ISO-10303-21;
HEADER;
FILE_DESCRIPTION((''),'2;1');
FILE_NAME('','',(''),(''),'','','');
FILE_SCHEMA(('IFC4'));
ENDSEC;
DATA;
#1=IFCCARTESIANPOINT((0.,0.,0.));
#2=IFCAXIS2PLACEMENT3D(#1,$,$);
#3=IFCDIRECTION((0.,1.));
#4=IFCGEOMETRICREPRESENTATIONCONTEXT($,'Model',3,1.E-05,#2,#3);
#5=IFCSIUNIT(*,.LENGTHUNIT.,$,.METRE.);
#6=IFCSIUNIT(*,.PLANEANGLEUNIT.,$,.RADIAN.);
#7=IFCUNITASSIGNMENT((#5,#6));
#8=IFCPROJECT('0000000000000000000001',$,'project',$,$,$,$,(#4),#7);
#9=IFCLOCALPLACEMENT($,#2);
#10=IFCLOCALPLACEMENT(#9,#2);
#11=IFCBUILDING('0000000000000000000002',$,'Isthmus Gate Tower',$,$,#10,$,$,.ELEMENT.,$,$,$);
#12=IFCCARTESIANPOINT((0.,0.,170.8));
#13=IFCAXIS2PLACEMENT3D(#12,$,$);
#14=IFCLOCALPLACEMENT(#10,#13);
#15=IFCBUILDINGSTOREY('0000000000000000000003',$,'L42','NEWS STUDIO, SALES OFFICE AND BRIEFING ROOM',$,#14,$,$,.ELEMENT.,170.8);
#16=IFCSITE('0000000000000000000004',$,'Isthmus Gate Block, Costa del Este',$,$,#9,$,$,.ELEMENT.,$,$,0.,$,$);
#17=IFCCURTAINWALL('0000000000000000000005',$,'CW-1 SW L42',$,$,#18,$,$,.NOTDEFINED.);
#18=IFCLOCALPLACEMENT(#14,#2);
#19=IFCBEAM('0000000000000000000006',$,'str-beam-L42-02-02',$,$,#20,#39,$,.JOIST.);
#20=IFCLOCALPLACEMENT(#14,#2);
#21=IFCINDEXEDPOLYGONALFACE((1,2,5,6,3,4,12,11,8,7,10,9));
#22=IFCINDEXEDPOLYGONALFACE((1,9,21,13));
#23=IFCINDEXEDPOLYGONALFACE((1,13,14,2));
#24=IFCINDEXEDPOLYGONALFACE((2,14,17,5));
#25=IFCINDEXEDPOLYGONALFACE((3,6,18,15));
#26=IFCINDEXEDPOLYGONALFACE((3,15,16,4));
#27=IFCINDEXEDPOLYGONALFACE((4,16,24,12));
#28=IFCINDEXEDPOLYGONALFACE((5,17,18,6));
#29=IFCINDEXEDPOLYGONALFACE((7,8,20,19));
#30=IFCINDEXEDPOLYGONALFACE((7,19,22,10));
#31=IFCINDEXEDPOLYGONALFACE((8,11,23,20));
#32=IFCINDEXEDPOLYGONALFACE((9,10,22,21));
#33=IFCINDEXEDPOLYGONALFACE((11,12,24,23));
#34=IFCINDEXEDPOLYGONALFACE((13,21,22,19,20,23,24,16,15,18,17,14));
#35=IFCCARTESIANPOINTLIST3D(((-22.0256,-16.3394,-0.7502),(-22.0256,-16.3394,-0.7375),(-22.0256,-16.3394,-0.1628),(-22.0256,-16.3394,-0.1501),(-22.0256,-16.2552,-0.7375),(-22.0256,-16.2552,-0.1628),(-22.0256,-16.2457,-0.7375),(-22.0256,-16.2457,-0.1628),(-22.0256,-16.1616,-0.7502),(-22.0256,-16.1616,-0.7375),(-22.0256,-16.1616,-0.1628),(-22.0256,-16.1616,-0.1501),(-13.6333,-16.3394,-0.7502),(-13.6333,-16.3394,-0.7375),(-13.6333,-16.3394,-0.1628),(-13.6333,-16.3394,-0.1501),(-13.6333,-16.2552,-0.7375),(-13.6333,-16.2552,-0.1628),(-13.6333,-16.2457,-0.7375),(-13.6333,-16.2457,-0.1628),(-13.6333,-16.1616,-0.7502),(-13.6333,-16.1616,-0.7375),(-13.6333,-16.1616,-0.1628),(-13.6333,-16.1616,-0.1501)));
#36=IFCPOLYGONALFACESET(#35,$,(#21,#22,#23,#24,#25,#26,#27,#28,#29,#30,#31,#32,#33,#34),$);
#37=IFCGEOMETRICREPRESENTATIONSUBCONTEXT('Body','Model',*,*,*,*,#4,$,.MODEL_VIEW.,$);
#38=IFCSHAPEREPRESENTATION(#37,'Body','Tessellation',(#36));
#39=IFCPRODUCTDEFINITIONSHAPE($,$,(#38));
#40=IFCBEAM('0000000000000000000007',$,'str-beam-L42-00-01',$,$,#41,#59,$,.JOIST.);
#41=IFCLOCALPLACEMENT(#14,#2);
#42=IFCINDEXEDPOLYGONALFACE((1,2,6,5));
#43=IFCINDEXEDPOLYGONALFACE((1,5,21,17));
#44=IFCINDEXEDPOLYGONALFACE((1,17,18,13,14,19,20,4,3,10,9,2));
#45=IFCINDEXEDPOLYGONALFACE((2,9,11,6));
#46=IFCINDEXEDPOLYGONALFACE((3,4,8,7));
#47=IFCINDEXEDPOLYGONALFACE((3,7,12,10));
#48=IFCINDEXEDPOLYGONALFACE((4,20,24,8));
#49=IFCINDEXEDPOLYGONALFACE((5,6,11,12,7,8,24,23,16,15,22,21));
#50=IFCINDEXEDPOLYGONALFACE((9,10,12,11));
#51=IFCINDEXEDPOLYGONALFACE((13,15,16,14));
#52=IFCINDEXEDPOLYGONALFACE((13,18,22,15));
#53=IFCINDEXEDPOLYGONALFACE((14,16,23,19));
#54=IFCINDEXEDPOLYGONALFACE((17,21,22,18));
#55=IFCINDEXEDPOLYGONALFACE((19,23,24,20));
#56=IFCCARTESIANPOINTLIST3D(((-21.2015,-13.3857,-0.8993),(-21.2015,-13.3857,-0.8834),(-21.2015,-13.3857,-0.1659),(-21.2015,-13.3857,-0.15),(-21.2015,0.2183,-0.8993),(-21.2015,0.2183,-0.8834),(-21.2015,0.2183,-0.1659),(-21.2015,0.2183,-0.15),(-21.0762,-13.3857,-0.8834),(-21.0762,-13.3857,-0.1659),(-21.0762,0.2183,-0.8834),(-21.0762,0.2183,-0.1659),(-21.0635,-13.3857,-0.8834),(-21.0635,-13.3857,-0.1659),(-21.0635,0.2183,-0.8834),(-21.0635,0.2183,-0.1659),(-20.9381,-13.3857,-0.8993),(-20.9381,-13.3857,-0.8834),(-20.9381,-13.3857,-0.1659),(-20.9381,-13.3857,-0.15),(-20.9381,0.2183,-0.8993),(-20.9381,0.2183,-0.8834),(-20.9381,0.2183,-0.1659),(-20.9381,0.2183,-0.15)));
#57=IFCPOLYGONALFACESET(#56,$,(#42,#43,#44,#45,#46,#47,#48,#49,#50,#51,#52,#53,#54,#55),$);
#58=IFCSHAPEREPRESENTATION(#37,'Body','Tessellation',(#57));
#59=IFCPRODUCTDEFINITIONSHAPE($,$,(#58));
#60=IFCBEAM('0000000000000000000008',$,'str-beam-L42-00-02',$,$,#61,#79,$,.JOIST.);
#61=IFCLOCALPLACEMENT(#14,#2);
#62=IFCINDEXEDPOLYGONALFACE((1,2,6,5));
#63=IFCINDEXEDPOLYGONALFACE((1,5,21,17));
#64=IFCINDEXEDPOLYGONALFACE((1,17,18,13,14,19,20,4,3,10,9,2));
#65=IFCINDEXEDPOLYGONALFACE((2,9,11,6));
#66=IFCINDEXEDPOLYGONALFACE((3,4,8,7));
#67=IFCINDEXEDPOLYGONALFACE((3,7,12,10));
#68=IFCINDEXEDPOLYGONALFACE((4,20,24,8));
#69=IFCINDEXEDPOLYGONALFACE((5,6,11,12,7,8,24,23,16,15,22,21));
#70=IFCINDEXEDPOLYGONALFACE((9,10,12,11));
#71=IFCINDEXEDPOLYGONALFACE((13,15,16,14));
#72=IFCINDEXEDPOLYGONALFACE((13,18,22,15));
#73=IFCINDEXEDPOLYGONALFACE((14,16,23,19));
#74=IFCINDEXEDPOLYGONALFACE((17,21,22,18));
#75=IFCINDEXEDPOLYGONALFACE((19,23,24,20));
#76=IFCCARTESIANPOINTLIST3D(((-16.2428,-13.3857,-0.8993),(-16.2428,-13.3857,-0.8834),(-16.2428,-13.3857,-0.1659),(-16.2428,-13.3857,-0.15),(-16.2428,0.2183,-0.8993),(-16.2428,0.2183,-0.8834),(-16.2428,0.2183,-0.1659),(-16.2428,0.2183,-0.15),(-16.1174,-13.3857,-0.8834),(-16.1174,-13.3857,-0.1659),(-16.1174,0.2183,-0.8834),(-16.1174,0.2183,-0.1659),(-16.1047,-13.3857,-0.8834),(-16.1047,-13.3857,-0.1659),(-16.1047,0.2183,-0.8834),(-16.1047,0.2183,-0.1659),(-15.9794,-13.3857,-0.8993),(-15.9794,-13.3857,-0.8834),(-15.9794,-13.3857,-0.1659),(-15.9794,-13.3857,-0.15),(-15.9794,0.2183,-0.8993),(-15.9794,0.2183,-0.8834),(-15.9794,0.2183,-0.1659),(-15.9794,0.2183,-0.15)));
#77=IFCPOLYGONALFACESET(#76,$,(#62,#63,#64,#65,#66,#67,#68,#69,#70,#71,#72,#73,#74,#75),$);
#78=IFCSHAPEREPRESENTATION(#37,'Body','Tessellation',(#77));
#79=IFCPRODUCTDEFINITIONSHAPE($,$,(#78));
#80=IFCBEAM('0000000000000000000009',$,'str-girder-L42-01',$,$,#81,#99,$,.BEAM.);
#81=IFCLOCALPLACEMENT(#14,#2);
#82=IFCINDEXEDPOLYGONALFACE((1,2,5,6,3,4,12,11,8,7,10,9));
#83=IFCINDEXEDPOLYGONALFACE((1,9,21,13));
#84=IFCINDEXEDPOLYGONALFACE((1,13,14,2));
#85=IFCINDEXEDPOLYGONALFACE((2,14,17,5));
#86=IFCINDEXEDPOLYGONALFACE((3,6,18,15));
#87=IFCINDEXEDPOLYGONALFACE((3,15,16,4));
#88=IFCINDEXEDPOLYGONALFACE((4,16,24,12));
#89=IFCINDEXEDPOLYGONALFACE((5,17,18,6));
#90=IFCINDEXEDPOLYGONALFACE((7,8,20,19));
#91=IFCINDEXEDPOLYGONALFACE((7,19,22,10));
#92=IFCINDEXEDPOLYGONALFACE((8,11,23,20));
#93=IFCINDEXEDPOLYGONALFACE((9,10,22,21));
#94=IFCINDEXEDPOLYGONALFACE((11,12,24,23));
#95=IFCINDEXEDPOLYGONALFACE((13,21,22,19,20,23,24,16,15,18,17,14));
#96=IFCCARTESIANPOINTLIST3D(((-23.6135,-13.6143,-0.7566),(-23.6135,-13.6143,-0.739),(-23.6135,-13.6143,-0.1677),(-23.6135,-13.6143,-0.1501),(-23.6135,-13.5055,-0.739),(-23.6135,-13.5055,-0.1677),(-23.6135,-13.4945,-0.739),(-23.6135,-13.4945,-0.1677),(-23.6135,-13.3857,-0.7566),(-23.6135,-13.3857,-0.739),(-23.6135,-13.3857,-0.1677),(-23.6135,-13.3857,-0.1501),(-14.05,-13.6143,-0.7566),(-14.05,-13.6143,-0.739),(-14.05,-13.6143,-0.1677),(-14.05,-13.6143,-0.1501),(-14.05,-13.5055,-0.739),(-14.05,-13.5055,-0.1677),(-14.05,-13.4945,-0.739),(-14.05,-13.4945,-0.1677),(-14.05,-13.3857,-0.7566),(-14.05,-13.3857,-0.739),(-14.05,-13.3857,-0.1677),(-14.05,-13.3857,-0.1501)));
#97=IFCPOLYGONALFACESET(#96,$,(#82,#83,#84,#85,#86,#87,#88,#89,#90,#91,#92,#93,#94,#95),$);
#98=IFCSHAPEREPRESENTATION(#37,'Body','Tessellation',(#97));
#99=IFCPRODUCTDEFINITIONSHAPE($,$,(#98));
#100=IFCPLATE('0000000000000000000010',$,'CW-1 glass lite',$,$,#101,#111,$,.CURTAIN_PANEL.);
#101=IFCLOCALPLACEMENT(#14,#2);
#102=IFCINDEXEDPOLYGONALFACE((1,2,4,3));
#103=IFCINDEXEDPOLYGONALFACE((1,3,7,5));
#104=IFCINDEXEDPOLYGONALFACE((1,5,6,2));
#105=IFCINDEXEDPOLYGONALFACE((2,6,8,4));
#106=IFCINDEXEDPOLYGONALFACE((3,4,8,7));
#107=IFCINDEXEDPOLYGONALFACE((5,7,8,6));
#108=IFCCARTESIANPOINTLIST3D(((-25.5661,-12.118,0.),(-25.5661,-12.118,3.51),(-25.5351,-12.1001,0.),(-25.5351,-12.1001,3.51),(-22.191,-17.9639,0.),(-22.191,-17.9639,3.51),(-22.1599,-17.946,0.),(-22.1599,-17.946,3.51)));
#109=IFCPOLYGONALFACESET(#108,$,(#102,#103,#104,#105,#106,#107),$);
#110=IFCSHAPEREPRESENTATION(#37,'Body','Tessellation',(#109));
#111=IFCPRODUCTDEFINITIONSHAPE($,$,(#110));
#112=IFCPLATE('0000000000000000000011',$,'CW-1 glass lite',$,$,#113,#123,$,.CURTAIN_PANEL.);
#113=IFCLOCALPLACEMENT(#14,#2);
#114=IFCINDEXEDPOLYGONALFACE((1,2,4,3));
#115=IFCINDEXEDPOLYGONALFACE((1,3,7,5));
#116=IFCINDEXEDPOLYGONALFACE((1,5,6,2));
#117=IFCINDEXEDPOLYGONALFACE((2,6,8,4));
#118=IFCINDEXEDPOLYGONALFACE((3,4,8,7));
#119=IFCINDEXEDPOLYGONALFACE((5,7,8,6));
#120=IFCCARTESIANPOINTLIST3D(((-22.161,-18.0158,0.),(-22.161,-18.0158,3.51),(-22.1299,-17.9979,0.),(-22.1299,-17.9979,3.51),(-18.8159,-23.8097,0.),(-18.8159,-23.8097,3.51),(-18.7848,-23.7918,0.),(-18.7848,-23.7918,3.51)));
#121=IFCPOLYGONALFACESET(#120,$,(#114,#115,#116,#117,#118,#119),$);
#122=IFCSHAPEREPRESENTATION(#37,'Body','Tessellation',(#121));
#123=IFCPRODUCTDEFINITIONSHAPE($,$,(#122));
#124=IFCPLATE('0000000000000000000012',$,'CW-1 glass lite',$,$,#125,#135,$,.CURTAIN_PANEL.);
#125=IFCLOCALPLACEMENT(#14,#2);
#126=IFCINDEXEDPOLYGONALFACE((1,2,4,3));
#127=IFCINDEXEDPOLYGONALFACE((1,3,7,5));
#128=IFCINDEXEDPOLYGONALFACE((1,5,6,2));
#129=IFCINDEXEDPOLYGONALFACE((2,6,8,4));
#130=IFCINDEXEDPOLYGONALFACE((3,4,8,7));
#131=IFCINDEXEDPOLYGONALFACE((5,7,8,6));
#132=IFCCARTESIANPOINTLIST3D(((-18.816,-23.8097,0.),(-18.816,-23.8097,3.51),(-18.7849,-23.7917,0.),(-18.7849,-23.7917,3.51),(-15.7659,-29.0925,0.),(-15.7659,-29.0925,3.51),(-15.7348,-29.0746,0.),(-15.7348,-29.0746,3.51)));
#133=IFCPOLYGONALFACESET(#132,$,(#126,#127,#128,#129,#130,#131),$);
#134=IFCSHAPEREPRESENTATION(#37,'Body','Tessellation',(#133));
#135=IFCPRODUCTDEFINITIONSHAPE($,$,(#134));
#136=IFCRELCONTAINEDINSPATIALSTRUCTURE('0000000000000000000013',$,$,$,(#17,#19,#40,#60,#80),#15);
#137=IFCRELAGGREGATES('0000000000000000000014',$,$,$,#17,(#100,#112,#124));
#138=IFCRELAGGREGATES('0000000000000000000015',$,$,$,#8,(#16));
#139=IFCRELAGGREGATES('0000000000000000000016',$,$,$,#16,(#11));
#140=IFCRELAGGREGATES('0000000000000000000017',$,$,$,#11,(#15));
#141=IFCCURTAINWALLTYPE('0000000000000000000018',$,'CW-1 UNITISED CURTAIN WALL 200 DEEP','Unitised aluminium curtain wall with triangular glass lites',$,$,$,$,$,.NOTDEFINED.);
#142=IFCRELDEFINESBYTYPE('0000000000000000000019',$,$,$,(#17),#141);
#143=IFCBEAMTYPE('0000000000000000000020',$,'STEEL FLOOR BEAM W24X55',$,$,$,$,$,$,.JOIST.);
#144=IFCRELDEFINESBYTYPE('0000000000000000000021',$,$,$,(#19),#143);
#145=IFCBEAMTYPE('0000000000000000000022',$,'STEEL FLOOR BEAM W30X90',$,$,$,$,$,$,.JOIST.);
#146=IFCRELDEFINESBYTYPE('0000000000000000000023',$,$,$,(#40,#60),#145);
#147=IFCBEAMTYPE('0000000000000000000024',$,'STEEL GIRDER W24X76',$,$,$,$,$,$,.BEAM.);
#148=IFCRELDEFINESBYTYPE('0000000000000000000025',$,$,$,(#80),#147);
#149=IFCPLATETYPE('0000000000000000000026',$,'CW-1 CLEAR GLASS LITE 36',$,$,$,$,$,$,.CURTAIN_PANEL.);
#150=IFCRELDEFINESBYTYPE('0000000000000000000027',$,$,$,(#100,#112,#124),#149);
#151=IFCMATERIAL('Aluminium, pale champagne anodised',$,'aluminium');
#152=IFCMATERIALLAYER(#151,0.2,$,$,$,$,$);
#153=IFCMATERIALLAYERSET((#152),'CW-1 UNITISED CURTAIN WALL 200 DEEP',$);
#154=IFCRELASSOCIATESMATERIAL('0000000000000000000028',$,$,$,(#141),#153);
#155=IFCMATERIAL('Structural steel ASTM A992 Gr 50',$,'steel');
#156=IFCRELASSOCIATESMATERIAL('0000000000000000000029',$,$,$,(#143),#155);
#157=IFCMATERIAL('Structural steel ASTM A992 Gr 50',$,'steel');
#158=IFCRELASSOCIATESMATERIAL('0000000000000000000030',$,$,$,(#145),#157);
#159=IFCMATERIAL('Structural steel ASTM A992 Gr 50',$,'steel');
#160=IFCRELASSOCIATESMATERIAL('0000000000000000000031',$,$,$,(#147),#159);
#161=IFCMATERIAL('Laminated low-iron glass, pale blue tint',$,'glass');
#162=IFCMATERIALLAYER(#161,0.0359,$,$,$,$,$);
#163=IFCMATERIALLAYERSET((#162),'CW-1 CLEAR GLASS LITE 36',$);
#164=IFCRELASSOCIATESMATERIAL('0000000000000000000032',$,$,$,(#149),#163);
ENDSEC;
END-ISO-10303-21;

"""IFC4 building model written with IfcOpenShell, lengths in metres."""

from ifc_helpers import new_model, si_unit, direction, frame, origin, origin_2d, place, context, subcontext, project, spatial, rectangle, i_section, extrude, material, layer, layer_set, material_profile, profile_set, type_object, element, aggregate, save


model = new_model("IFC4")

# Units and contexts
model_context = context("Model", 3, precision=1e-05, world=origin(), true_north=direction((0.0, 1.0)))
body_context = subcontext(model_context, "Body", "Model", "MODEL_VIEW")
ifc_project = project(units=[si_unit("LENGTHUNIT", "METRE"), si_unit("PLANEANGLEUNIT", "RADIAN")], contexts=[model_context])

# Site, building, storey
site_placement = place(None, origin())
site = spatial("IfcSite", under=ifc_project, at=site_placement, Name="Isthmus Gate Block, Costa del Este", CompositionType="ELEMENT", RefElevation=0.0)
building_placement = place(site_placement, origin())
building = spatial("IfcBuilding", under=site, at=building_placement, Name="Isthmus Gate Tower", CompositionType="ELEMENT")
storey_placement = place(building_placement, frame((0.0, 0.0, 170.8)))
storey = spatial("IfcBuildingStorey", under=building, at=storey_placement, Name="L42", Description="NEWS STUDIO, SALES OFFICE AND BRIEFING ROOM", CompositionType="ELEMENT", Elevation=170.8)

# Curtain wall
ifc_material_1 = material(Name="Aluminium, pale champagne anodised", Category="aluminium")
ifc_layer_1 = layer(ifc_material_1, 0.2)
ifc_layer_set_1 = layer_set([ifc_layer_1], Name="CW-1 UNITISED CURTAIN WALL 200 DEEP")
curtain_wall_type = type_object("IfcCurtainWallType", Name="CW-1 UNITISED CURTAIN WALL 200 DEEP", Description="Unitised aluminium curtain wall with triangular glass lites", PredefinedType="NOTDEFINED", material=ifc_layer_set_1)
curtain_wall_1_placement = place(storey_placement, origin())
curtain_wall_1 = element("IfcCurtainWall", 1, at=curtain_wall_1_placement, inside=storey, type_object=curtain_wall_type, Name="CW-1 SW L42", PredefinedType="NOTDEFINED")

# Beams
ifc_material_2 = material(Name="Structural steel ASTM A992 Gr 50", Category="steel")
ifc_material_profile_1 = material_profile(ifc_material_2, i_section(OverallWidth=0.1777, OverallDepth=0.6001, WebThickness=0.0095, FlangeThickness=0.0127, at=origin_2d()), Name="W24X55")
ifc_profile_set_1 = profile_set([ifc_material_profile_1], Name="Structural steel ASTM A992 Gr 50")
beam_type_1 = type_object("IfcBeamType", Name="STEEL FLOOR BEAM W24X55", PredefinedType="JOIST", material=ifc_profile_set_1)
beam_1_placement = place(storey_placement, frame((-22.0256, -16.2505, -0.4502), z_axis=(1.0, 0.0, 0.0), x_axis=(0.0, 1.0, 0.0)))
element("IfcBeam", 2, at=beam_1_placement, inside=storey, type_object=beam_type_1, Name="str-beam-L42-02-02", PredefinedType="JOIST", context=body_context, shape_type="SweptSolid", body=[
    extrude(i_section(OverallWidth=0.1777, OverallDepth=0.6001, WebThickness=0.0095, FlangeThickness=0.0127, at=origin_2d()), origin(), (0.0, 0.0, 1.0), 8.3923),
])
ifc_material_3 = material(Name="Structural steel ASTM A992 Gr 50", Category="steel")
ifc_material_profile_2 = material_profile(ifc_material_3, i_section(OverallWidth=0.2634, OverallDepth=0.7493, WebThickness=0.0127, FlangeThickness=0.0159, at=origin_2d()), Name="W30X90")
ifc_profile_set_2 = profile_set([ifc_material_profile_2], Name="Structural steel ASTM A992 Gr 50")
beam_type_2 = type_object("IfcBeamType", Name="STEEL FLOOR BEAM W30X90", PredefinedType="JOIST", material=ifc_profile_set_2)
for number, where, z_axis, x_axis, name in (
    (3, (-21.0698, -13.3857, -0.5247), (0.0, 1.0, 0.0), (-1.0, 0.0, 0.0), "str-beam-L42-00-01"),
    (4, (-16.1111, -13.3857, -0.5247), (0.0, 1.0, 0.0), (-1.0, 0.0, 0.0), "str-beam-L42-00-02"),
):
    element("IfcBeam", number, at=place(storey_placement, frame(where, z_axis=z_axis, x_axis=x_axis)), inside=storey, type_object=beam_type_2, Name=name, PredefinedType="JOIST", context=body_context, shape_type="SweptSolid", body=[
        extrude(i_section(OverallWidth=0.2634, OverallDepth=0.7493, WebThickness=0.0127, FlangeThickness=0.0159, at=origin_2d()), origin(), (0.0, 0.0, 1.0), 13.604),
    ])
ifc_material_4 = material(Name="Structural steel ASTM A992 Gr 50", Category="steel")
ifc_material_profile_3 = material_profile(ifc_material_4, i_section(OverallWidth=0.2285, OverallDepth=0.6064, WebThickness=0.011, FlangeThickness=0.0176, at=origin_2d()), Name="W24X76")
ifc_profile_set_3 = profile_set([ifc_material_profile_3], Name="Structural steel ASTM A992 Gr 50")
beam_type_3 = type_object("IfcBeamType", Name="STEEL GIRDER W24X76", PredefinedType="BEAM", material=ifc_profile_set_3)
beam_2_placement = place(storey_placement, frame((-23.6135, -13.5, -0.4534), z_axis=(1.0, 0.0, 0.0), x_axis=(0.0, 1.0, 0.0)))
element("IfcBeam", 5, at=beam_2_placement, inside=storey, type_object=beam_type_3, Name="str-girder-L42-01", PredefinedType="BEAM", context=body_context, shape_type="SweptSolid", body=[
    extrude(i_section(OverallWidth=0.2285, OverallDepth=0.6064, WebThickness=0.011, FlangeThickness=0.0176, at=origin_2d()), origin(), (0.0, 0.0, 1.0), 9.5635),
])

# Plates
ifc_material_5 = material(Name="Laminated low-iron glass, pale blue tint", Category="glass")
ifc_layer_2 = layer(ifc_material_5, 0.0359)
ifc_layer_set_2 = layer_set([ifc_layer_2], Name="CW-1 CLEAR GLASS LITE 36")
plate_type = type_object("IfcPlateType", Name="CW-1 CLEAR GLASS LITE 36", PredefinedType="CURTAIN_PANEL", material=ifc_layer_set_2)
plate_1_placement = place(storey_placement, frame((-23.863, -15.032, 0.0), z_axis=(0.0, 0.0, 1.0), x_axis=(0.5, -0.866025, 0.0)))
plate_1 = element("IfcPlate", 6, at=plate_1_placement, type_object=plate_type, Name="CW-1 glass lite", PredefinedType="CURTAIN_PANEL", context=body_context, shape_type="SweptSolid", body=[
    extrude(rectangle(XDim=6.7502, YDim=0.0359, at=origin_2d()), origin(), (0.0, 0.0, 1.0), 3.51),
])
plate_2_placement = place(storey_placement, frame((-20.4729, -20.9038, 0.0), z_axis=(0.0, 0.0, 1.0), x_axis=(0.5, -0.866025, 0.0)))
plate_2 = element("IfcPlate", 7, at=plate_2_placement, type_object=plate_type, Name="CW-1 glass lite", PredefinedType="CURTAIN_PANEL", context=body_context, shape_type="SweptSolid", body=[
    extrude(rectangle(XDim=6.6902, YDim=0.0359, at=origin_2d()), origin(), (0.0, 0.0, 1.0), 3.51),
])
plate_3_placement = place(storey_placement, frame((-17.2754, -26.4421, 0.0), z_axis=(0.0, 0.0, 1.0), x_axis=(0.5, -0.866025, 0.0)))
plate_3 = element("IfcPlate", 8, at=plate_3_placement, type_object=plate_type, Name="CW-1 glass lite", PredefinedType="CURTAIN_PANEL", context=body_context, shape_type="SweptSolid", body=[
    extrude(rectangle(XDim=6.1001, YDim=0.0359, at=origin_2d()), origin(), (0.0, 0.0, 1.0), 3.51),
])
aggregate(curtain_wall_1, [plate_1, plate_2, plate_3])

save(model, "model.ifc")
